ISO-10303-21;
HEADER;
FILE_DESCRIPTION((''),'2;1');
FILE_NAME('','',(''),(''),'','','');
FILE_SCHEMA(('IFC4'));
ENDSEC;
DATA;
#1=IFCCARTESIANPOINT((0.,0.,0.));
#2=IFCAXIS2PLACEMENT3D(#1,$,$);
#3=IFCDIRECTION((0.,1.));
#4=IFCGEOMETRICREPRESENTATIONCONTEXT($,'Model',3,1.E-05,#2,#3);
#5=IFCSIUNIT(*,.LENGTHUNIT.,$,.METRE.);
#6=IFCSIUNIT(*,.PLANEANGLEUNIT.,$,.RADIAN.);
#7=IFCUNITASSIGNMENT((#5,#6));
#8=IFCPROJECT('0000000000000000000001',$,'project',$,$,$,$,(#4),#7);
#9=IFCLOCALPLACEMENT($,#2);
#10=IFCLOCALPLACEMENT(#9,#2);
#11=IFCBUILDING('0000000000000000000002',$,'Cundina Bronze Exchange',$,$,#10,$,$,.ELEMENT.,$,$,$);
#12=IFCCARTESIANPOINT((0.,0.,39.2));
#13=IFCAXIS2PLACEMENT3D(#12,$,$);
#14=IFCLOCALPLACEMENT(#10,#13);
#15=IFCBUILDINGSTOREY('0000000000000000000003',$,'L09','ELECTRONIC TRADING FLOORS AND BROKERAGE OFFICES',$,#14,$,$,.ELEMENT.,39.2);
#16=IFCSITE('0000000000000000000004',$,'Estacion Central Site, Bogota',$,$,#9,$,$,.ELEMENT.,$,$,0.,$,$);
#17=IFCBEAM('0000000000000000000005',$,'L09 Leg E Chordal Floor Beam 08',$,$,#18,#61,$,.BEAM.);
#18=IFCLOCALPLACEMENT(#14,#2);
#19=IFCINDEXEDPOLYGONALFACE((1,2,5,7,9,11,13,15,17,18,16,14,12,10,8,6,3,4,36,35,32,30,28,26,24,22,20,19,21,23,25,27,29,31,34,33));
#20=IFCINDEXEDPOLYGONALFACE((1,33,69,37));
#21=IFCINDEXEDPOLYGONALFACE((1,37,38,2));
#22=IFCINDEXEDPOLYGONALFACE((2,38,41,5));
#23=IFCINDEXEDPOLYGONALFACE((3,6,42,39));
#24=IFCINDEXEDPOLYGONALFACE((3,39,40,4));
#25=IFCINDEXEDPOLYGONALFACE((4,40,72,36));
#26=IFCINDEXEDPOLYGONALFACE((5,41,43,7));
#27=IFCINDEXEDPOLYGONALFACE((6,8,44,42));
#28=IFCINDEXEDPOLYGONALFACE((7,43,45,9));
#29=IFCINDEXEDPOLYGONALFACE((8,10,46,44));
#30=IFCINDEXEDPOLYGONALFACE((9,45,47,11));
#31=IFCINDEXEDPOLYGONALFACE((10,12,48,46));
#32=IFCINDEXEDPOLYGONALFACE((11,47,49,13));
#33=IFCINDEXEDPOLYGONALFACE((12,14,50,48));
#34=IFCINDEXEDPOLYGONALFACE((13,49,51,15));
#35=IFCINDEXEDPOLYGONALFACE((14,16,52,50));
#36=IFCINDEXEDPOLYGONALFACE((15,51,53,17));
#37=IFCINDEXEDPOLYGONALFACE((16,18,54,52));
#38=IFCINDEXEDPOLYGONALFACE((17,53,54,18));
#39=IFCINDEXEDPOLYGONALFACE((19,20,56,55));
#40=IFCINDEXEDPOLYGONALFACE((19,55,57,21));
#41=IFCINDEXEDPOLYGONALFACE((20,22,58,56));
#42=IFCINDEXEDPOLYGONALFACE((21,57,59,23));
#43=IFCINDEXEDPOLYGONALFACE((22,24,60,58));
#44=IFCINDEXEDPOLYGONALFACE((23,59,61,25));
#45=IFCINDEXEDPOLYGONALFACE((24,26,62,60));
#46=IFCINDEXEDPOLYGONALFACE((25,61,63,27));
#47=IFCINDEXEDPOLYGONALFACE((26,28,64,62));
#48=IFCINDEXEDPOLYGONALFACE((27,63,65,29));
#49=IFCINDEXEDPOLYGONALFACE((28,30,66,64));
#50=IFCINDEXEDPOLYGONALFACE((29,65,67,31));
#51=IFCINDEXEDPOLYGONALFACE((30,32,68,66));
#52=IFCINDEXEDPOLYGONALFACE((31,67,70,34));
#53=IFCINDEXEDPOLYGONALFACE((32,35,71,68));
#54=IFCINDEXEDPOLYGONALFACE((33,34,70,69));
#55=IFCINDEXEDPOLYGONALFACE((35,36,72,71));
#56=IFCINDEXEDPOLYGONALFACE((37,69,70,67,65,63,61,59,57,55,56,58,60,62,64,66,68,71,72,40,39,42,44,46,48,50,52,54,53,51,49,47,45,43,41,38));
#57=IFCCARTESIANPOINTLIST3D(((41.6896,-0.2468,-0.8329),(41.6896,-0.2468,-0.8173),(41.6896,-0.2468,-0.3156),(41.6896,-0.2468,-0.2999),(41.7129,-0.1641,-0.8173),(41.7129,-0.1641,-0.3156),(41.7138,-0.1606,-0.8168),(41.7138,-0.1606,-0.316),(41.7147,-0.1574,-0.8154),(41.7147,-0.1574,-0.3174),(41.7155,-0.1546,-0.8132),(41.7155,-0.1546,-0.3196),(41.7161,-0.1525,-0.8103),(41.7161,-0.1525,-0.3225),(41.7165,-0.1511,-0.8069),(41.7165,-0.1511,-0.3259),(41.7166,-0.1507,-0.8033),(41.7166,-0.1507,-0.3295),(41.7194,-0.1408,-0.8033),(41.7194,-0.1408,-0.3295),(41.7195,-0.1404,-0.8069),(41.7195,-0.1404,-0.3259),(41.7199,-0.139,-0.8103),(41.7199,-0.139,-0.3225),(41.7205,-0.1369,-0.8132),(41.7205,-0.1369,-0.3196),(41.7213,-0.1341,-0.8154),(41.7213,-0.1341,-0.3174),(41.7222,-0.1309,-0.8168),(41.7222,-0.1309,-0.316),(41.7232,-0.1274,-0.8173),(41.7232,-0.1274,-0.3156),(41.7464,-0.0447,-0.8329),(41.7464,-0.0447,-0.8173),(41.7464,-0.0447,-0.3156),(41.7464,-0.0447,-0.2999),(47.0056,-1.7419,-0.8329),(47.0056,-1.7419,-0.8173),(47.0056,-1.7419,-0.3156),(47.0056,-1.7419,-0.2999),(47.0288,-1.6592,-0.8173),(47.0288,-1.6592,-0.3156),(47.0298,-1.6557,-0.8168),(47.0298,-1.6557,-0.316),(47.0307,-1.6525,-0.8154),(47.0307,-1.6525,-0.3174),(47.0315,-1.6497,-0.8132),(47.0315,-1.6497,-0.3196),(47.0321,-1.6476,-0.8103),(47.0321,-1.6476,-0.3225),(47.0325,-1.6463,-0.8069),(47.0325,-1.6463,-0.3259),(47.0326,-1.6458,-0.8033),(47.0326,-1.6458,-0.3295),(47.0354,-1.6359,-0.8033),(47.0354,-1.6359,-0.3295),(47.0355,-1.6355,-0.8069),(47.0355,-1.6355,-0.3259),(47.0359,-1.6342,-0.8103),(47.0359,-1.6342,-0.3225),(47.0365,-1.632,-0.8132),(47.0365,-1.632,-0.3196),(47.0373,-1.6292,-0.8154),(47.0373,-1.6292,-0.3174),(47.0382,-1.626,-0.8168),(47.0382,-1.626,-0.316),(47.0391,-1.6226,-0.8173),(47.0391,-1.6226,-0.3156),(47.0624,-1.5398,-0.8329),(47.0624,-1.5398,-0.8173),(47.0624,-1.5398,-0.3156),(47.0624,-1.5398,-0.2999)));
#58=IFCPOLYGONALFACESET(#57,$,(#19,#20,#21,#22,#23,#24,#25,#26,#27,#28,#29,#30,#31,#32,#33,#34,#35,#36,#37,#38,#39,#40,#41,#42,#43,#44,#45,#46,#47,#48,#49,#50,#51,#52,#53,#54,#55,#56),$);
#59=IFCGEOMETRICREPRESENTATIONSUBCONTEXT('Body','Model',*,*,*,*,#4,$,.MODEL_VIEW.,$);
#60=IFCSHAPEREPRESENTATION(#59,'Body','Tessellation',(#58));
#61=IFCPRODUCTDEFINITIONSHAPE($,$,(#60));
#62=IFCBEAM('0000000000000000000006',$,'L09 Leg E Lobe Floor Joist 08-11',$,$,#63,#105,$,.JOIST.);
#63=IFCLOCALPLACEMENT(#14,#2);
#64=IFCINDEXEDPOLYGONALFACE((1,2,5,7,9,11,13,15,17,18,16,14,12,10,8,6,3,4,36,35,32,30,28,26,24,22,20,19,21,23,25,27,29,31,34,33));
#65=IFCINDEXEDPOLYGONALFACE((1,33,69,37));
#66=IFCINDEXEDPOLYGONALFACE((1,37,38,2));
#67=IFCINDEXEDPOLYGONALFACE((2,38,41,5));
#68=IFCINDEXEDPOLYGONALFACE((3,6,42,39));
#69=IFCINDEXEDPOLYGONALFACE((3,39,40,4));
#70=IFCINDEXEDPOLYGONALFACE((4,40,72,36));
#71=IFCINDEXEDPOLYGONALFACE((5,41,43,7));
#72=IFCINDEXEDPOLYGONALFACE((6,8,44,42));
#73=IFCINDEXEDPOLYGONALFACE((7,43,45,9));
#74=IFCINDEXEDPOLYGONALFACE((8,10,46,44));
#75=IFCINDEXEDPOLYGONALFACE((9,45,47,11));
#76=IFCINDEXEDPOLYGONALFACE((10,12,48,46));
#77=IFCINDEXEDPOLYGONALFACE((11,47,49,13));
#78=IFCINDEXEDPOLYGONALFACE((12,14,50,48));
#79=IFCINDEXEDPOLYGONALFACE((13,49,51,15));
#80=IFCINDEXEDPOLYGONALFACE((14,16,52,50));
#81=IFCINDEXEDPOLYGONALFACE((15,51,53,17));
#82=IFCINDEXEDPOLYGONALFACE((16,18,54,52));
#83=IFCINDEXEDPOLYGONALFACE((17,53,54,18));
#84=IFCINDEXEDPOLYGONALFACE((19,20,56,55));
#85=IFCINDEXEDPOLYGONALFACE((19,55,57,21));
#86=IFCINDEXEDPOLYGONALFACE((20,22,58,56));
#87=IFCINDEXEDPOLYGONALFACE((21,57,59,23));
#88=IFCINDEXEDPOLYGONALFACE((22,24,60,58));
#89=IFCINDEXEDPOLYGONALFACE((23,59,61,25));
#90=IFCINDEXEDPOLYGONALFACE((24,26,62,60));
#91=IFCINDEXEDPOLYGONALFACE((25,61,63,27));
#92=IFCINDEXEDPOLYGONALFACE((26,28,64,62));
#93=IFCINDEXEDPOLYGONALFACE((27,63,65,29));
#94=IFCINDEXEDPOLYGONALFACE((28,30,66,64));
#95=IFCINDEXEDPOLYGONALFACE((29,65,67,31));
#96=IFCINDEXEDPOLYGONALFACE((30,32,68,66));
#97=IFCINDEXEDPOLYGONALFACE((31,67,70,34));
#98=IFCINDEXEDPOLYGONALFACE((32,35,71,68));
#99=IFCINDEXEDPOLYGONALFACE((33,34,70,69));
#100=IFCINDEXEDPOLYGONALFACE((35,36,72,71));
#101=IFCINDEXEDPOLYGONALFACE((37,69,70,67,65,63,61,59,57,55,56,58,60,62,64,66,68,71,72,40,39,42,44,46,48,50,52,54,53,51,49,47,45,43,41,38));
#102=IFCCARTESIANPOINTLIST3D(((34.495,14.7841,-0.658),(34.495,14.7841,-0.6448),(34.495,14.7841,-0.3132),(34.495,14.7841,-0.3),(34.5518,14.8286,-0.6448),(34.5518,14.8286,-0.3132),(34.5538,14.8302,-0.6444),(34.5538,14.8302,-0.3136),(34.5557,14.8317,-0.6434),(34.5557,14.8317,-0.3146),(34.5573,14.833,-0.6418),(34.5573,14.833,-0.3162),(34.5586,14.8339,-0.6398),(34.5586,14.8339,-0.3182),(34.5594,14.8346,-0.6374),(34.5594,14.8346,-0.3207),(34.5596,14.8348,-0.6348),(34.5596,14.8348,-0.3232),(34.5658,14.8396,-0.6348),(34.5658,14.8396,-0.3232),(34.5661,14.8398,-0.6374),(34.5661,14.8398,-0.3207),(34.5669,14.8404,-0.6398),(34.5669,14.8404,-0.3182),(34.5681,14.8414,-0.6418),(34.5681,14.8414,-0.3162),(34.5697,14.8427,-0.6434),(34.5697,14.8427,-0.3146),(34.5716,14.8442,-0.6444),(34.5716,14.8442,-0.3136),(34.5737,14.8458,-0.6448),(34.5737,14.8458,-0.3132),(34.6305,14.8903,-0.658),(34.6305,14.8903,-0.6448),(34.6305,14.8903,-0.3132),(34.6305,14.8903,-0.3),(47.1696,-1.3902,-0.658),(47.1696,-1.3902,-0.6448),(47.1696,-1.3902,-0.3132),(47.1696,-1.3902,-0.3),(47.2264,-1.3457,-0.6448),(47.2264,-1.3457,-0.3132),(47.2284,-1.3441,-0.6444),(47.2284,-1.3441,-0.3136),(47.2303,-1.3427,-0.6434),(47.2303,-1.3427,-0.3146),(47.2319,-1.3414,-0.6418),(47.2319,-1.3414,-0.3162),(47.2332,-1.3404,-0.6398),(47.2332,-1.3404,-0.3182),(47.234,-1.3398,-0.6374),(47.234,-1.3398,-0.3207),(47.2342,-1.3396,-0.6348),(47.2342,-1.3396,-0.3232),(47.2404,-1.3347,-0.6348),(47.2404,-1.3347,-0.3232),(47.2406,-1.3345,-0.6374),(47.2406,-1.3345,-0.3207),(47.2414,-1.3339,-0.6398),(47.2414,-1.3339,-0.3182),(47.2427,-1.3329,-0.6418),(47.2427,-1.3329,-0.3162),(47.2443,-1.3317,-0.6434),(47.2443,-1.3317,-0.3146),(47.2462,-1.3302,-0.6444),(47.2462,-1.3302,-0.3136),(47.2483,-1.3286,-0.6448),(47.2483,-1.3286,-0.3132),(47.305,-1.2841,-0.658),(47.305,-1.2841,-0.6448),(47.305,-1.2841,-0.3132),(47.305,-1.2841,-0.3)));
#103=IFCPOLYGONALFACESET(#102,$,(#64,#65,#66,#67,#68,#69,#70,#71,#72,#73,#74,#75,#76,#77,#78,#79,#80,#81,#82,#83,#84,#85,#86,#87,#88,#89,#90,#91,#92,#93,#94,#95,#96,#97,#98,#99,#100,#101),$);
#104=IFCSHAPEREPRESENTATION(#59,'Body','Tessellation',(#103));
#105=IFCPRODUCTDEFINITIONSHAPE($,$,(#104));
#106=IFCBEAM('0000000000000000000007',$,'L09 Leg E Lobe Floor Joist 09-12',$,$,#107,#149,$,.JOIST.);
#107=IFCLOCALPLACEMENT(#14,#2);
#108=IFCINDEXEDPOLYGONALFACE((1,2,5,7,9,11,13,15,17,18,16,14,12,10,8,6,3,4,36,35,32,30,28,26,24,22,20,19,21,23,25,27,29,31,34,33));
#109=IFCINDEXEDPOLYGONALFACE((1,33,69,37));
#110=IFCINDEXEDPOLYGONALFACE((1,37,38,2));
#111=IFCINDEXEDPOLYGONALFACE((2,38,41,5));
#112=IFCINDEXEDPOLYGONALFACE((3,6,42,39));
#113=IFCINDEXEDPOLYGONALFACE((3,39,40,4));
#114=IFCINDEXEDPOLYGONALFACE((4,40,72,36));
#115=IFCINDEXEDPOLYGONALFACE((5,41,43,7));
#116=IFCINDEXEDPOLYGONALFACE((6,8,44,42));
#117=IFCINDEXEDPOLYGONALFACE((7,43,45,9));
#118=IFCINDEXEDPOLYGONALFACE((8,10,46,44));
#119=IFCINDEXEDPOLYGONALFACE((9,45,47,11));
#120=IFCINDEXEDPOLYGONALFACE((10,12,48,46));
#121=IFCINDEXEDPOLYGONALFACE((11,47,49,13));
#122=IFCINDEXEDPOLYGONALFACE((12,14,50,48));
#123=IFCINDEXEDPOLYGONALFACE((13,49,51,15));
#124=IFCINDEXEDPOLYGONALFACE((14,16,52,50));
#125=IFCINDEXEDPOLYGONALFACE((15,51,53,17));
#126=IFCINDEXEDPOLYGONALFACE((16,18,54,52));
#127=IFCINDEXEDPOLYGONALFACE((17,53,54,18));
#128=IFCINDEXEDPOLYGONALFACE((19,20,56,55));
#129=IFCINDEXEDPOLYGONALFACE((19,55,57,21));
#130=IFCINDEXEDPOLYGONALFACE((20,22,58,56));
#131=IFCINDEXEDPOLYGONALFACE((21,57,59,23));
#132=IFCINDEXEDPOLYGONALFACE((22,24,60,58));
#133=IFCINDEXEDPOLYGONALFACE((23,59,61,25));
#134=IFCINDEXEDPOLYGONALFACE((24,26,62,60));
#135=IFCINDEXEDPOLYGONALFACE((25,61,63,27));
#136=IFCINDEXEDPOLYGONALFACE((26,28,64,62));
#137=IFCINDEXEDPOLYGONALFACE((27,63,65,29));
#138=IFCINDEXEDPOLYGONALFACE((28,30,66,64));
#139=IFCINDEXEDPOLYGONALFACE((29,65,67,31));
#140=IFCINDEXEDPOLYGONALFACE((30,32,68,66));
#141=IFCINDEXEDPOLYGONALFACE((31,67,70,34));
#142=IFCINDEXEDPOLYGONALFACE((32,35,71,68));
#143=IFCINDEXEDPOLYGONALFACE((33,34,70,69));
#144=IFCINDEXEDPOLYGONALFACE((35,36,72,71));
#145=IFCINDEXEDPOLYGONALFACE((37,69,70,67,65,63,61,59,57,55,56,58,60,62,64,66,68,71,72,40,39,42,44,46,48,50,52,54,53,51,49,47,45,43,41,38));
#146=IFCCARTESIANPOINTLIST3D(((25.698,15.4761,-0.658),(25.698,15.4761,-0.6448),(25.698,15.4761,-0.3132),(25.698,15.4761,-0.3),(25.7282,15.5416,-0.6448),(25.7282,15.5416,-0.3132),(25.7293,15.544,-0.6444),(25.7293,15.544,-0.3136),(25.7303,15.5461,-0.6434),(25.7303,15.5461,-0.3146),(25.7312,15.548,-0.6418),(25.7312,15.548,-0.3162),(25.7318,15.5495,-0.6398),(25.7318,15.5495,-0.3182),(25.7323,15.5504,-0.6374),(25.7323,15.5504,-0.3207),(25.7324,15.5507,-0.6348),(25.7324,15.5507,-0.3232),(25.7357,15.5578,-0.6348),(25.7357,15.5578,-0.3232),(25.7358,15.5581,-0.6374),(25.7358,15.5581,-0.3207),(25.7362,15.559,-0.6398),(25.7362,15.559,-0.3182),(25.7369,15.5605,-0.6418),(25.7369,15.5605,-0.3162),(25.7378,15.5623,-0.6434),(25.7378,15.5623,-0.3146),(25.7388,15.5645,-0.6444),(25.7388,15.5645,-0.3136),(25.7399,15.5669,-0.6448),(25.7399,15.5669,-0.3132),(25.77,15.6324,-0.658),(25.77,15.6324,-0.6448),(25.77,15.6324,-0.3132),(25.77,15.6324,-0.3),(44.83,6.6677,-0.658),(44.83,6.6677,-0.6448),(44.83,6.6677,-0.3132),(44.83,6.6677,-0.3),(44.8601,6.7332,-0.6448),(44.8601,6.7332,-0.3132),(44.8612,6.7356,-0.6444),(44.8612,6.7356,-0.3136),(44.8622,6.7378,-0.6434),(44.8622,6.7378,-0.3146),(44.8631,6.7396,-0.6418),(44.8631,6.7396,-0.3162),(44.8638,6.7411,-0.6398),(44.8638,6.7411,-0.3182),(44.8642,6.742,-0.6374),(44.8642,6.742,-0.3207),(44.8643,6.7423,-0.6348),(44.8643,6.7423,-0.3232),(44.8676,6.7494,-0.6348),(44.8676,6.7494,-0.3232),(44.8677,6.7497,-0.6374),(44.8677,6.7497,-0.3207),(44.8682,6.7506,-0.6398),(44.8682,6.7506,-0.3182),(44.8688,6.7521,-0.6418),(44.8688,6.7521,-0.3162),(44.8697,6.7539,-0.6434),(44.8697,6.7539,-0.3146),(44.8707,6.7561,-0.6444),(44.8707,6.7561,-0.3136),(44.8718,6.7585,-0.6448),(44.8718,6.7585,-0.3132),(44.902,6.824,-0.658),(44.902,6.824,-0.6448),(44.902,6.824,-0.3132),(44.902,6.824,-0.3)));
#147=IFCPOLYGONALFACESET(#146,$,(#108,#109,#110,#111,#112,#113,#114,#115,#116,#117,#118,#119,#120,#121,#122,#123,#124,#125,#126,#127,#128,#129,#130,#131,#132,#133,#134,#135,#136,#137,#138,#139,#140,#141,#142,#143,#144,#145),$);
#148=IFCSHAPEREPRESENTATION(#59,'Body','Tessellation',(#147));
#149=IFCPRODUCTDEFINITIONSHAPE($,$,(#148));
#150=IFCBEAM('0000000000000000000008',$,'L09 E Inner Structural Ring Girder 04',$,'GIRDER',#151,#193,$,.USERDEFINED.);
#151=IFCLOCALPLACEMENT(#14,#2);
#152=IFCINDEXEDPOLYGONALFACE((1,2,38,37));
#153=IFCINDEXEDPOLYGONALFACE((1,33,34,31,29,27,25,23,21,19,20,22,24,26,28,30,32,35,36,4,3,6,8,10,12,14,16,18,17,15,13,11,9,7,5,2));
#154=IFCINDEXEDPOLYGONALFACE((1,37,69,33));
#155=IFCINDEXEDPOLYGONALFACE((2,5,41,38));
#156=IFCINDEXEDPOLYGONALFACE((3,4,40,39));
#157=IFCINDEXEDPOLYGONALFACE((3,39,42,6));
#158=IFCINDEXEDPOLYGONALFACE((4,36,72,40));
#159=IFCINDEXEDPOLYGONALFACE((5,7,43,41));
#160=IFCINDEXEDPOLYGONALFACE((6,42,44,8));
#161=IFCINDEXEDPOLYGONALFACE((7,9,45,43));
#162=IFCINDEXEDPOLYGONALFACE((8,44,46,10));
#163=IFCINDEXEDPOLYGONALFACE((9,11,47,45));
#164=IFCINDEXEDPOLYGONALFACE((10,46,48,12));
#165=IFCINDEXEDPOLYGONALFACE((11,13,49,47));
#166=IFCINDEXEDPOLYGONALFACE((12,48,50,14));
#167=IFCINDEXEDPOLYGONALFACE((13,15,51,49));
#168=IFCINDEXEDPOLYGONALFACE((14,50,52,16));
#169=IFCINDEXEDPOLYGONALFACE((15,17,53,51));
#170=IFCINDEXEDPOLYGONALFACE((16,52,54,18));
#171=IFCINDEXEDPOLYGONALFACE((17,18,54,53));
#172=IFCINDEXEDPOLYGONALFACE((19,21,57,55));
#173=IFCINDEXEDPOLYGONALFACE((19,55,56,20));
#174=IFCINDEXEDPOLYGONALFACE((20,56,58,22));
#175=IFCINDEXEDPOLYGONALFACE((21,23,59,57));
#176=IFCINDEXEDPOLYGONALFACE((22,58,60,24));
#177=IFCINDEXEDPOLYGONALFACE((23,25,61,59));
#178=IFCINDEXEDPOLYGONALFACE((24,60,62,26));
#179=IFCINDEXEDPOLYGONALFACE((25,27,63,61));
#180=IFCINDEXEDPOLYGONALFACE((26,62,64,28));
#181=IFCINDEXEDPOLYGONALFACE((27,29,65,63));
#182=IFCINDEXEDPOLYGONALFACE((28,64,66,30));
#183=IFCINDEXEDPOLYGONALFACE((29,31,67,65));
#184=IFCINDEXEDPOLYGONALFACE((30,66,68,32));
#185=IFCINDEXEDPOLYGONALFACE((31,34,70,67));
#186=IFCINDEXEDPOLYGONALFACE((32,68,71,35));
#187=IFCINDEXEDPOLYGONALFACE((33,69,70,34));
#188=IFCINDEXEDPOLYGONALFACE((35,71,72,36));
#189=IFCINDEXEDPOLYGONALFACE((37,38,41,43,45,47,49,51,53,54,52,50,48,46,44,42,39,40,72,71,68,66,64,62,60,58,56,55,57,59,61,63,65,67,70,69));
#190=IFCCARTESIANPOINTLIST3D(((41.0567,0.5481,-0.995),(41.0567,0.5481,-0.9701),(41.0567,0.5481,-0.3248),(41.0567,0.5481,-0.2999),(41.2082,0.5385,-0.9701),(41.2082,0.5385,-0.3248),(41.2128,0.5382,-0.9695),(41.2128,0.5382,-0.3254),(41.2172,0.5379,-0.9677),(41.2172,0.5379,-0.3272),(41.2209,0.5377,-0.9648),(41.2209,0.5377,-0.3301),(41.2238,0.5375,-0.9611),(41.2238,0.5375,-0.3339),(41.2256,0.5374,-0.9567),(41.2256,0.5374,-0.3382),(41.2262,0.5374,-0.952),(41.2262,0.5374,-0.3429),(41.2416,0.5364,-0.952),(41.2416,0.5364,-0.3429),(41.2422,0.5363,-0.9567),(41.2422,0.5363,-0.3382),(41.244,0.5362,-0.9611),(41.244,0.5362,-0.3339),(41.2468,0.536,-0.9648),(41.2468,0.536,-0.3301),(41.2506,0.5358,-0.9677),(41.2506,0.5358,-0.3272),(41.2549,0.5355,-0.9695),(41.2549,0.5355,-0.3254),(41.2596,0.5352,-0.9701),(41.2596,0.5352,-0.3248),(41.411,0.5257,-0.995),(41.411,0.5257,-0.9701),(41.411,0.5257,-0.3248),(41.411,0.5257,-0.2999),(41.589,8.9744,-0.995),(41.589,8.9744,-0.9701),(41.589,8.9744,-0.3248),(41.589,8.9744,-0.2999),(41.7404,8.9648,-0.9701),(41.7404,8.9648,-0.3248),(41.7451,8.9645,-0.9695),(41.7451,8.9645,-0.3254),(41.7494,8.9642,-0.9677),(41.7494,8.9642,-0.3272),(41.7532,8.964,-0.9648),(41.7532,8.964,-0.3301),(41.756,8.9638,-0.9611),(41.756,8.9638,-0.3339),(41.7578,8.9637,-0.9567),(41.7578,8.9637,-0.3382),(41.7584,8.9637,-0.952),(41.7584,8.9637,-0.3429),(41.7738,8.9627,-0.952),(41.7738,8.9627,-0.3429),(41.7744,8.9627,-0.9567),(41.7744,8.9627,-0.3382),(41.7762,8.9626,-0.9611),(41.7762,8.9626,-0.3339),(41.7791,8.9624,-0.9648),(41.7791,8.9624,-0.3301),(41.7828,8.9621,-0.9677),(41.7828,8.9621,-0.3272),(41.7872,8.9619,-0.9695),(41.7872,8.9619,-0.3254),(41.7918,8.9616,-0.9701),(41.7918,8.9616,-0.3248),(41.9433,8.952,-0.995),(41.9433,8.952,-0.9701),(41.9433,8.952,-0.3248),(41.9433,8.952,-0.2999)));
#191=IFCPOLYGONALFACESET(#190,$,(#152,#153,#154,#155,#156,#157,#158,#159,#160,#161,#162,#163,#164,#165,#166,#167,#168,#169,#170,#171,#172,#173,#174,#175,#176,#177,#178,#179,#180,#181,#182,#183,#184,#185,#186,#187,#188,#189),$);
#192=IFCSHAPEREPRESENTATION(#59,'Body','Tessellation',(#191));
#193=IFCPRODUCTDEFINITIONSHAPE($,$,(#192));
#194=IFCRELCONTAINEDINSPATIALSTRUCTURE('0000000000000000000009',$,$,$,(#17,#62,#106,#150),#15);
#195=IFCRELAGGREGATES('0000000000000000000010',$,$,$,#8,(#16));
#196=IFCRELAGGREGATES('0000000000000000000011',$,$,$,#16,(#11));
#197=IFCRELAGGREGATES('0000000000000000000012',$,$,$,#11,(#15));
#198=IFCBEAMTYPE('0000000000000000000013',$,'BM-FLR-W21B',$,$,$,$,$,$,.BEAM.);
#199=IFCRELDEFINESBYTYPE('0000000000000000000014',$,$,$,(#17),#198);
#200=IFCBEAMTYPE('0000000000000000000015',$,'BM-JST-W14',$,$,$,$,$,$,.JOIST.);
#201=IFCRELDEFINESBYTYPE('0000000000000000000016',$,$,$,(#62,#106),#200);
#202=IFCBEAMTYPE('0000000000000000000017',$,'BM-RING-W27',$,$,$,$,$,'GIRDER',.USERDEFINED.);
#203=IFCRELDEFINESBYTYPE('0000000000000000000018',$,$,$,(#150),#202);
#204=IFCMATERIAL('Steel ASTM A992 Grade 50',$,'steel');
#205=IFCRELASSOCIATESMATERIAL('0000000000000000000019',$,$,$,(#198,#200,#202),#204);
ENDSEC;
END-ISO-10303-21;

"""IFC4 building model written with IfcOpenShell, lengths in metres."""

from ifc_helpers import new_model, si_unit, direction, frame, origin, origin_2d, place, context, subcontext, project, spatial, i_section, extrude, material, material_profile, profile_set, type_object, element, save


model = new_model("IFC4")

# Units and contexts
model_context = context("Model", 3, precision=1e-05, world=origin(), true_north=direction((0.0, 1.0)))
body_context = subcontext(model_context, "Body", "Model", "MODEL_VIEW")
ifc_project = project(units=[si_unit("LENGTHUNIT", "METRE"), si_unit("PLANEANGLEUNIT", "RADIAN")], contexts=[model_context])

# Site, building, storey
site_placement = place(None, origin())
site = spatial("IfcSite", under=ifc_project, at=site_placement, Name="Estacion Central Site, Bogota", CompositionType="ELEMENT", RefElevation=0.0)
building_placement = place(site_placement, origin())
building = spatial("IfcBuilding", under=site, at=building_placement, Name="Cundina Bronze Exchange", CompositionType="ELEMENT")
storey_placement = place(building_placement, frame((0.0, 0.0, 39.2)))
storey = spatial("IfcBuildingStorey", under=building, at=storey_placement, Name="L09", Description="ELECTRONIC TRADING FLOORS AND BROKERAGE OFFICES", CompositionType="ELEMENT", Elevation=39.2)

# Shared definitions
ifc_material_1 = material(Name="Steel ASTM A992 Grade 50", Category="steel")

# Beams
ifc_material_profile_1 = material_profile(ifc_material_1, i_section(OverallWidth=0.21, OverallDepth=0.533, WebThickness=0.0103, FlangeThickness=0.0156, FilletRadius=0.0139, at=origin_2d()), Name="W21X62", Category="steel")
ifc_profile_set_1 = profile_set([ifc_material_profile_1], Name="Steel ASTM A992 Grade 50")
beam_type_1 = type_object("IfcBeamType", Name="BM-FLR-W21B", PredefinedType="BEAM", material=ifc_profile_set_1)
beam_1_placement = place(storey_placement, frame((41.718, -0.1458, -0.5664), z_axis=(0.96265, -0.270748, 0.0), x_axis=(0.270748, 0.96265, 0.0)))
element("IfcBeam", 1, at=beam_1_placement, inside=storey, type_object=beam_type_1, Name="L09 Leg E Chordal Floor Beam 08", PredefinedType="BEAM", context=body_context, shape_type="SweptSolid", body=[
    extrude(i_section(OverallWidth=0.21, OverallDepth=0.533, WebThickness=0.0103, FlangeThickness=0.0156, FilletRadius=0.0139, at=origin_2d()), origin(), (0.0, 0.0, 1.0), 5.5222),
])
ifc_material_profile_2 = material_profile(ifc_material_1, i_section(OverallWidth=0.1721, OverallDepth=0.3579, WebThickness=0.0078, FlangeThickness=0.0132, FilletRadius=0.01, at=origin_2d()), Name="W14X38", Category="steel")
ifc_profile_set_2 = profile_set([ifc_material_profile_2], Name="Steel ASTM A992 Grade 50")
beam_type_2 = type_object("IfcBeamType", Name="BM-JST-W14", PredefinedType="JOIST", material=ifc_profile_set_2)
beam_2_placement = place(storey_placement, frame((47.2373, -1.3372, -0.479), z_axis=(-0.616803, 0.787117, 0.0), x_axis=(-0.787117, -0.616803, 0.0)))
element("IfcBeam", 2, at=beam_2_placement, inside=storey, type_object=beam_type_2, Name="L09 Leg E Lobe Floor Joist 08-11", PredefinedType="JOIST", context=body_context, shape_type="SweptSolid", body=[
    extrude(i_section(OverallWidth=0.1721, OverallDepth=0.3579, WebThickness=0.0078, FlangeThickness=0.0132, FilletRadius=0.01, at=origin_2d()), origin(), (0.0, 0.0, 1.0), 20.5488),
])
beam_3_placement = place(storey_placement, frame((44.866, 6.7458, -0.479), z_axis=(-0.908352, 0.418208, 0.0), x_axis=(-0.418208, -0.908352, 0.0)))
element("IfcBeam", 3, at=beam_3_placement, inside=storey, type_object=beam_type_2, Name="L09 Leg E Lobe Floor Joist 09-12", PredefinedType="JOIST", context=body_context, shape_type="SweptSolid", body=[
    extrude(i_section(OverallWidth=0.1721, OverallDepth=0.3579, WebThickness=0.0078, FlangeThickness=0.0132, FilletRadius=0.01, at=origin_2d()), origin(), (0.0, 0.0, 1.0), 21.0623),
])
ifc_material_profile_3 = material_profile(ifc_material_1, i_section(OverallWidth=0.355, OverallDepth=0.6951, WebThickness=0.0154, FlangeThickness=0.0249, FilletRadius=0.0181, at=origin_2d()), Name="W27X146", Category="steel")
ifc_profile_set_3 = profile_set([ifc_material_profile_3], Name="Steel ASTM A992 Grade 50")
beam_type_3 = type_object("IfcBeamType", Name="BM-RING-W27", ElementType="GIRDER", PredefinedType="USERDEFINED", material=ifc_profile_set_3)
beam_4_placement = place(storey_placement, frame((41.2339, 0.5369, -0.6475), z_axis=(0.063037, 0.998011, 0.0), x_axis=(-0.998011, 0.063037, 0.0)))
element("IfcBeam", 4, at=beam_4_placement, inside=storey, type_object=beam_type_3, Name="L09 E Inner Structural Ring Girder 04", ObjectType="GIRDER", PredefinedType="USERDEFINED", context=body_context, shape_type="SweptSolid", body=[
    extrude(i_section(OverallWidth=0.355, OverallDepth=0.6951, WebThickness=0.0154, FlangeThickness=0.0249, FilletRadius=0.0181, at=origin_2d()), origin(), (0.0, 0.0, 1.0), 8.4431),
])

save(model, "model.ifc")
